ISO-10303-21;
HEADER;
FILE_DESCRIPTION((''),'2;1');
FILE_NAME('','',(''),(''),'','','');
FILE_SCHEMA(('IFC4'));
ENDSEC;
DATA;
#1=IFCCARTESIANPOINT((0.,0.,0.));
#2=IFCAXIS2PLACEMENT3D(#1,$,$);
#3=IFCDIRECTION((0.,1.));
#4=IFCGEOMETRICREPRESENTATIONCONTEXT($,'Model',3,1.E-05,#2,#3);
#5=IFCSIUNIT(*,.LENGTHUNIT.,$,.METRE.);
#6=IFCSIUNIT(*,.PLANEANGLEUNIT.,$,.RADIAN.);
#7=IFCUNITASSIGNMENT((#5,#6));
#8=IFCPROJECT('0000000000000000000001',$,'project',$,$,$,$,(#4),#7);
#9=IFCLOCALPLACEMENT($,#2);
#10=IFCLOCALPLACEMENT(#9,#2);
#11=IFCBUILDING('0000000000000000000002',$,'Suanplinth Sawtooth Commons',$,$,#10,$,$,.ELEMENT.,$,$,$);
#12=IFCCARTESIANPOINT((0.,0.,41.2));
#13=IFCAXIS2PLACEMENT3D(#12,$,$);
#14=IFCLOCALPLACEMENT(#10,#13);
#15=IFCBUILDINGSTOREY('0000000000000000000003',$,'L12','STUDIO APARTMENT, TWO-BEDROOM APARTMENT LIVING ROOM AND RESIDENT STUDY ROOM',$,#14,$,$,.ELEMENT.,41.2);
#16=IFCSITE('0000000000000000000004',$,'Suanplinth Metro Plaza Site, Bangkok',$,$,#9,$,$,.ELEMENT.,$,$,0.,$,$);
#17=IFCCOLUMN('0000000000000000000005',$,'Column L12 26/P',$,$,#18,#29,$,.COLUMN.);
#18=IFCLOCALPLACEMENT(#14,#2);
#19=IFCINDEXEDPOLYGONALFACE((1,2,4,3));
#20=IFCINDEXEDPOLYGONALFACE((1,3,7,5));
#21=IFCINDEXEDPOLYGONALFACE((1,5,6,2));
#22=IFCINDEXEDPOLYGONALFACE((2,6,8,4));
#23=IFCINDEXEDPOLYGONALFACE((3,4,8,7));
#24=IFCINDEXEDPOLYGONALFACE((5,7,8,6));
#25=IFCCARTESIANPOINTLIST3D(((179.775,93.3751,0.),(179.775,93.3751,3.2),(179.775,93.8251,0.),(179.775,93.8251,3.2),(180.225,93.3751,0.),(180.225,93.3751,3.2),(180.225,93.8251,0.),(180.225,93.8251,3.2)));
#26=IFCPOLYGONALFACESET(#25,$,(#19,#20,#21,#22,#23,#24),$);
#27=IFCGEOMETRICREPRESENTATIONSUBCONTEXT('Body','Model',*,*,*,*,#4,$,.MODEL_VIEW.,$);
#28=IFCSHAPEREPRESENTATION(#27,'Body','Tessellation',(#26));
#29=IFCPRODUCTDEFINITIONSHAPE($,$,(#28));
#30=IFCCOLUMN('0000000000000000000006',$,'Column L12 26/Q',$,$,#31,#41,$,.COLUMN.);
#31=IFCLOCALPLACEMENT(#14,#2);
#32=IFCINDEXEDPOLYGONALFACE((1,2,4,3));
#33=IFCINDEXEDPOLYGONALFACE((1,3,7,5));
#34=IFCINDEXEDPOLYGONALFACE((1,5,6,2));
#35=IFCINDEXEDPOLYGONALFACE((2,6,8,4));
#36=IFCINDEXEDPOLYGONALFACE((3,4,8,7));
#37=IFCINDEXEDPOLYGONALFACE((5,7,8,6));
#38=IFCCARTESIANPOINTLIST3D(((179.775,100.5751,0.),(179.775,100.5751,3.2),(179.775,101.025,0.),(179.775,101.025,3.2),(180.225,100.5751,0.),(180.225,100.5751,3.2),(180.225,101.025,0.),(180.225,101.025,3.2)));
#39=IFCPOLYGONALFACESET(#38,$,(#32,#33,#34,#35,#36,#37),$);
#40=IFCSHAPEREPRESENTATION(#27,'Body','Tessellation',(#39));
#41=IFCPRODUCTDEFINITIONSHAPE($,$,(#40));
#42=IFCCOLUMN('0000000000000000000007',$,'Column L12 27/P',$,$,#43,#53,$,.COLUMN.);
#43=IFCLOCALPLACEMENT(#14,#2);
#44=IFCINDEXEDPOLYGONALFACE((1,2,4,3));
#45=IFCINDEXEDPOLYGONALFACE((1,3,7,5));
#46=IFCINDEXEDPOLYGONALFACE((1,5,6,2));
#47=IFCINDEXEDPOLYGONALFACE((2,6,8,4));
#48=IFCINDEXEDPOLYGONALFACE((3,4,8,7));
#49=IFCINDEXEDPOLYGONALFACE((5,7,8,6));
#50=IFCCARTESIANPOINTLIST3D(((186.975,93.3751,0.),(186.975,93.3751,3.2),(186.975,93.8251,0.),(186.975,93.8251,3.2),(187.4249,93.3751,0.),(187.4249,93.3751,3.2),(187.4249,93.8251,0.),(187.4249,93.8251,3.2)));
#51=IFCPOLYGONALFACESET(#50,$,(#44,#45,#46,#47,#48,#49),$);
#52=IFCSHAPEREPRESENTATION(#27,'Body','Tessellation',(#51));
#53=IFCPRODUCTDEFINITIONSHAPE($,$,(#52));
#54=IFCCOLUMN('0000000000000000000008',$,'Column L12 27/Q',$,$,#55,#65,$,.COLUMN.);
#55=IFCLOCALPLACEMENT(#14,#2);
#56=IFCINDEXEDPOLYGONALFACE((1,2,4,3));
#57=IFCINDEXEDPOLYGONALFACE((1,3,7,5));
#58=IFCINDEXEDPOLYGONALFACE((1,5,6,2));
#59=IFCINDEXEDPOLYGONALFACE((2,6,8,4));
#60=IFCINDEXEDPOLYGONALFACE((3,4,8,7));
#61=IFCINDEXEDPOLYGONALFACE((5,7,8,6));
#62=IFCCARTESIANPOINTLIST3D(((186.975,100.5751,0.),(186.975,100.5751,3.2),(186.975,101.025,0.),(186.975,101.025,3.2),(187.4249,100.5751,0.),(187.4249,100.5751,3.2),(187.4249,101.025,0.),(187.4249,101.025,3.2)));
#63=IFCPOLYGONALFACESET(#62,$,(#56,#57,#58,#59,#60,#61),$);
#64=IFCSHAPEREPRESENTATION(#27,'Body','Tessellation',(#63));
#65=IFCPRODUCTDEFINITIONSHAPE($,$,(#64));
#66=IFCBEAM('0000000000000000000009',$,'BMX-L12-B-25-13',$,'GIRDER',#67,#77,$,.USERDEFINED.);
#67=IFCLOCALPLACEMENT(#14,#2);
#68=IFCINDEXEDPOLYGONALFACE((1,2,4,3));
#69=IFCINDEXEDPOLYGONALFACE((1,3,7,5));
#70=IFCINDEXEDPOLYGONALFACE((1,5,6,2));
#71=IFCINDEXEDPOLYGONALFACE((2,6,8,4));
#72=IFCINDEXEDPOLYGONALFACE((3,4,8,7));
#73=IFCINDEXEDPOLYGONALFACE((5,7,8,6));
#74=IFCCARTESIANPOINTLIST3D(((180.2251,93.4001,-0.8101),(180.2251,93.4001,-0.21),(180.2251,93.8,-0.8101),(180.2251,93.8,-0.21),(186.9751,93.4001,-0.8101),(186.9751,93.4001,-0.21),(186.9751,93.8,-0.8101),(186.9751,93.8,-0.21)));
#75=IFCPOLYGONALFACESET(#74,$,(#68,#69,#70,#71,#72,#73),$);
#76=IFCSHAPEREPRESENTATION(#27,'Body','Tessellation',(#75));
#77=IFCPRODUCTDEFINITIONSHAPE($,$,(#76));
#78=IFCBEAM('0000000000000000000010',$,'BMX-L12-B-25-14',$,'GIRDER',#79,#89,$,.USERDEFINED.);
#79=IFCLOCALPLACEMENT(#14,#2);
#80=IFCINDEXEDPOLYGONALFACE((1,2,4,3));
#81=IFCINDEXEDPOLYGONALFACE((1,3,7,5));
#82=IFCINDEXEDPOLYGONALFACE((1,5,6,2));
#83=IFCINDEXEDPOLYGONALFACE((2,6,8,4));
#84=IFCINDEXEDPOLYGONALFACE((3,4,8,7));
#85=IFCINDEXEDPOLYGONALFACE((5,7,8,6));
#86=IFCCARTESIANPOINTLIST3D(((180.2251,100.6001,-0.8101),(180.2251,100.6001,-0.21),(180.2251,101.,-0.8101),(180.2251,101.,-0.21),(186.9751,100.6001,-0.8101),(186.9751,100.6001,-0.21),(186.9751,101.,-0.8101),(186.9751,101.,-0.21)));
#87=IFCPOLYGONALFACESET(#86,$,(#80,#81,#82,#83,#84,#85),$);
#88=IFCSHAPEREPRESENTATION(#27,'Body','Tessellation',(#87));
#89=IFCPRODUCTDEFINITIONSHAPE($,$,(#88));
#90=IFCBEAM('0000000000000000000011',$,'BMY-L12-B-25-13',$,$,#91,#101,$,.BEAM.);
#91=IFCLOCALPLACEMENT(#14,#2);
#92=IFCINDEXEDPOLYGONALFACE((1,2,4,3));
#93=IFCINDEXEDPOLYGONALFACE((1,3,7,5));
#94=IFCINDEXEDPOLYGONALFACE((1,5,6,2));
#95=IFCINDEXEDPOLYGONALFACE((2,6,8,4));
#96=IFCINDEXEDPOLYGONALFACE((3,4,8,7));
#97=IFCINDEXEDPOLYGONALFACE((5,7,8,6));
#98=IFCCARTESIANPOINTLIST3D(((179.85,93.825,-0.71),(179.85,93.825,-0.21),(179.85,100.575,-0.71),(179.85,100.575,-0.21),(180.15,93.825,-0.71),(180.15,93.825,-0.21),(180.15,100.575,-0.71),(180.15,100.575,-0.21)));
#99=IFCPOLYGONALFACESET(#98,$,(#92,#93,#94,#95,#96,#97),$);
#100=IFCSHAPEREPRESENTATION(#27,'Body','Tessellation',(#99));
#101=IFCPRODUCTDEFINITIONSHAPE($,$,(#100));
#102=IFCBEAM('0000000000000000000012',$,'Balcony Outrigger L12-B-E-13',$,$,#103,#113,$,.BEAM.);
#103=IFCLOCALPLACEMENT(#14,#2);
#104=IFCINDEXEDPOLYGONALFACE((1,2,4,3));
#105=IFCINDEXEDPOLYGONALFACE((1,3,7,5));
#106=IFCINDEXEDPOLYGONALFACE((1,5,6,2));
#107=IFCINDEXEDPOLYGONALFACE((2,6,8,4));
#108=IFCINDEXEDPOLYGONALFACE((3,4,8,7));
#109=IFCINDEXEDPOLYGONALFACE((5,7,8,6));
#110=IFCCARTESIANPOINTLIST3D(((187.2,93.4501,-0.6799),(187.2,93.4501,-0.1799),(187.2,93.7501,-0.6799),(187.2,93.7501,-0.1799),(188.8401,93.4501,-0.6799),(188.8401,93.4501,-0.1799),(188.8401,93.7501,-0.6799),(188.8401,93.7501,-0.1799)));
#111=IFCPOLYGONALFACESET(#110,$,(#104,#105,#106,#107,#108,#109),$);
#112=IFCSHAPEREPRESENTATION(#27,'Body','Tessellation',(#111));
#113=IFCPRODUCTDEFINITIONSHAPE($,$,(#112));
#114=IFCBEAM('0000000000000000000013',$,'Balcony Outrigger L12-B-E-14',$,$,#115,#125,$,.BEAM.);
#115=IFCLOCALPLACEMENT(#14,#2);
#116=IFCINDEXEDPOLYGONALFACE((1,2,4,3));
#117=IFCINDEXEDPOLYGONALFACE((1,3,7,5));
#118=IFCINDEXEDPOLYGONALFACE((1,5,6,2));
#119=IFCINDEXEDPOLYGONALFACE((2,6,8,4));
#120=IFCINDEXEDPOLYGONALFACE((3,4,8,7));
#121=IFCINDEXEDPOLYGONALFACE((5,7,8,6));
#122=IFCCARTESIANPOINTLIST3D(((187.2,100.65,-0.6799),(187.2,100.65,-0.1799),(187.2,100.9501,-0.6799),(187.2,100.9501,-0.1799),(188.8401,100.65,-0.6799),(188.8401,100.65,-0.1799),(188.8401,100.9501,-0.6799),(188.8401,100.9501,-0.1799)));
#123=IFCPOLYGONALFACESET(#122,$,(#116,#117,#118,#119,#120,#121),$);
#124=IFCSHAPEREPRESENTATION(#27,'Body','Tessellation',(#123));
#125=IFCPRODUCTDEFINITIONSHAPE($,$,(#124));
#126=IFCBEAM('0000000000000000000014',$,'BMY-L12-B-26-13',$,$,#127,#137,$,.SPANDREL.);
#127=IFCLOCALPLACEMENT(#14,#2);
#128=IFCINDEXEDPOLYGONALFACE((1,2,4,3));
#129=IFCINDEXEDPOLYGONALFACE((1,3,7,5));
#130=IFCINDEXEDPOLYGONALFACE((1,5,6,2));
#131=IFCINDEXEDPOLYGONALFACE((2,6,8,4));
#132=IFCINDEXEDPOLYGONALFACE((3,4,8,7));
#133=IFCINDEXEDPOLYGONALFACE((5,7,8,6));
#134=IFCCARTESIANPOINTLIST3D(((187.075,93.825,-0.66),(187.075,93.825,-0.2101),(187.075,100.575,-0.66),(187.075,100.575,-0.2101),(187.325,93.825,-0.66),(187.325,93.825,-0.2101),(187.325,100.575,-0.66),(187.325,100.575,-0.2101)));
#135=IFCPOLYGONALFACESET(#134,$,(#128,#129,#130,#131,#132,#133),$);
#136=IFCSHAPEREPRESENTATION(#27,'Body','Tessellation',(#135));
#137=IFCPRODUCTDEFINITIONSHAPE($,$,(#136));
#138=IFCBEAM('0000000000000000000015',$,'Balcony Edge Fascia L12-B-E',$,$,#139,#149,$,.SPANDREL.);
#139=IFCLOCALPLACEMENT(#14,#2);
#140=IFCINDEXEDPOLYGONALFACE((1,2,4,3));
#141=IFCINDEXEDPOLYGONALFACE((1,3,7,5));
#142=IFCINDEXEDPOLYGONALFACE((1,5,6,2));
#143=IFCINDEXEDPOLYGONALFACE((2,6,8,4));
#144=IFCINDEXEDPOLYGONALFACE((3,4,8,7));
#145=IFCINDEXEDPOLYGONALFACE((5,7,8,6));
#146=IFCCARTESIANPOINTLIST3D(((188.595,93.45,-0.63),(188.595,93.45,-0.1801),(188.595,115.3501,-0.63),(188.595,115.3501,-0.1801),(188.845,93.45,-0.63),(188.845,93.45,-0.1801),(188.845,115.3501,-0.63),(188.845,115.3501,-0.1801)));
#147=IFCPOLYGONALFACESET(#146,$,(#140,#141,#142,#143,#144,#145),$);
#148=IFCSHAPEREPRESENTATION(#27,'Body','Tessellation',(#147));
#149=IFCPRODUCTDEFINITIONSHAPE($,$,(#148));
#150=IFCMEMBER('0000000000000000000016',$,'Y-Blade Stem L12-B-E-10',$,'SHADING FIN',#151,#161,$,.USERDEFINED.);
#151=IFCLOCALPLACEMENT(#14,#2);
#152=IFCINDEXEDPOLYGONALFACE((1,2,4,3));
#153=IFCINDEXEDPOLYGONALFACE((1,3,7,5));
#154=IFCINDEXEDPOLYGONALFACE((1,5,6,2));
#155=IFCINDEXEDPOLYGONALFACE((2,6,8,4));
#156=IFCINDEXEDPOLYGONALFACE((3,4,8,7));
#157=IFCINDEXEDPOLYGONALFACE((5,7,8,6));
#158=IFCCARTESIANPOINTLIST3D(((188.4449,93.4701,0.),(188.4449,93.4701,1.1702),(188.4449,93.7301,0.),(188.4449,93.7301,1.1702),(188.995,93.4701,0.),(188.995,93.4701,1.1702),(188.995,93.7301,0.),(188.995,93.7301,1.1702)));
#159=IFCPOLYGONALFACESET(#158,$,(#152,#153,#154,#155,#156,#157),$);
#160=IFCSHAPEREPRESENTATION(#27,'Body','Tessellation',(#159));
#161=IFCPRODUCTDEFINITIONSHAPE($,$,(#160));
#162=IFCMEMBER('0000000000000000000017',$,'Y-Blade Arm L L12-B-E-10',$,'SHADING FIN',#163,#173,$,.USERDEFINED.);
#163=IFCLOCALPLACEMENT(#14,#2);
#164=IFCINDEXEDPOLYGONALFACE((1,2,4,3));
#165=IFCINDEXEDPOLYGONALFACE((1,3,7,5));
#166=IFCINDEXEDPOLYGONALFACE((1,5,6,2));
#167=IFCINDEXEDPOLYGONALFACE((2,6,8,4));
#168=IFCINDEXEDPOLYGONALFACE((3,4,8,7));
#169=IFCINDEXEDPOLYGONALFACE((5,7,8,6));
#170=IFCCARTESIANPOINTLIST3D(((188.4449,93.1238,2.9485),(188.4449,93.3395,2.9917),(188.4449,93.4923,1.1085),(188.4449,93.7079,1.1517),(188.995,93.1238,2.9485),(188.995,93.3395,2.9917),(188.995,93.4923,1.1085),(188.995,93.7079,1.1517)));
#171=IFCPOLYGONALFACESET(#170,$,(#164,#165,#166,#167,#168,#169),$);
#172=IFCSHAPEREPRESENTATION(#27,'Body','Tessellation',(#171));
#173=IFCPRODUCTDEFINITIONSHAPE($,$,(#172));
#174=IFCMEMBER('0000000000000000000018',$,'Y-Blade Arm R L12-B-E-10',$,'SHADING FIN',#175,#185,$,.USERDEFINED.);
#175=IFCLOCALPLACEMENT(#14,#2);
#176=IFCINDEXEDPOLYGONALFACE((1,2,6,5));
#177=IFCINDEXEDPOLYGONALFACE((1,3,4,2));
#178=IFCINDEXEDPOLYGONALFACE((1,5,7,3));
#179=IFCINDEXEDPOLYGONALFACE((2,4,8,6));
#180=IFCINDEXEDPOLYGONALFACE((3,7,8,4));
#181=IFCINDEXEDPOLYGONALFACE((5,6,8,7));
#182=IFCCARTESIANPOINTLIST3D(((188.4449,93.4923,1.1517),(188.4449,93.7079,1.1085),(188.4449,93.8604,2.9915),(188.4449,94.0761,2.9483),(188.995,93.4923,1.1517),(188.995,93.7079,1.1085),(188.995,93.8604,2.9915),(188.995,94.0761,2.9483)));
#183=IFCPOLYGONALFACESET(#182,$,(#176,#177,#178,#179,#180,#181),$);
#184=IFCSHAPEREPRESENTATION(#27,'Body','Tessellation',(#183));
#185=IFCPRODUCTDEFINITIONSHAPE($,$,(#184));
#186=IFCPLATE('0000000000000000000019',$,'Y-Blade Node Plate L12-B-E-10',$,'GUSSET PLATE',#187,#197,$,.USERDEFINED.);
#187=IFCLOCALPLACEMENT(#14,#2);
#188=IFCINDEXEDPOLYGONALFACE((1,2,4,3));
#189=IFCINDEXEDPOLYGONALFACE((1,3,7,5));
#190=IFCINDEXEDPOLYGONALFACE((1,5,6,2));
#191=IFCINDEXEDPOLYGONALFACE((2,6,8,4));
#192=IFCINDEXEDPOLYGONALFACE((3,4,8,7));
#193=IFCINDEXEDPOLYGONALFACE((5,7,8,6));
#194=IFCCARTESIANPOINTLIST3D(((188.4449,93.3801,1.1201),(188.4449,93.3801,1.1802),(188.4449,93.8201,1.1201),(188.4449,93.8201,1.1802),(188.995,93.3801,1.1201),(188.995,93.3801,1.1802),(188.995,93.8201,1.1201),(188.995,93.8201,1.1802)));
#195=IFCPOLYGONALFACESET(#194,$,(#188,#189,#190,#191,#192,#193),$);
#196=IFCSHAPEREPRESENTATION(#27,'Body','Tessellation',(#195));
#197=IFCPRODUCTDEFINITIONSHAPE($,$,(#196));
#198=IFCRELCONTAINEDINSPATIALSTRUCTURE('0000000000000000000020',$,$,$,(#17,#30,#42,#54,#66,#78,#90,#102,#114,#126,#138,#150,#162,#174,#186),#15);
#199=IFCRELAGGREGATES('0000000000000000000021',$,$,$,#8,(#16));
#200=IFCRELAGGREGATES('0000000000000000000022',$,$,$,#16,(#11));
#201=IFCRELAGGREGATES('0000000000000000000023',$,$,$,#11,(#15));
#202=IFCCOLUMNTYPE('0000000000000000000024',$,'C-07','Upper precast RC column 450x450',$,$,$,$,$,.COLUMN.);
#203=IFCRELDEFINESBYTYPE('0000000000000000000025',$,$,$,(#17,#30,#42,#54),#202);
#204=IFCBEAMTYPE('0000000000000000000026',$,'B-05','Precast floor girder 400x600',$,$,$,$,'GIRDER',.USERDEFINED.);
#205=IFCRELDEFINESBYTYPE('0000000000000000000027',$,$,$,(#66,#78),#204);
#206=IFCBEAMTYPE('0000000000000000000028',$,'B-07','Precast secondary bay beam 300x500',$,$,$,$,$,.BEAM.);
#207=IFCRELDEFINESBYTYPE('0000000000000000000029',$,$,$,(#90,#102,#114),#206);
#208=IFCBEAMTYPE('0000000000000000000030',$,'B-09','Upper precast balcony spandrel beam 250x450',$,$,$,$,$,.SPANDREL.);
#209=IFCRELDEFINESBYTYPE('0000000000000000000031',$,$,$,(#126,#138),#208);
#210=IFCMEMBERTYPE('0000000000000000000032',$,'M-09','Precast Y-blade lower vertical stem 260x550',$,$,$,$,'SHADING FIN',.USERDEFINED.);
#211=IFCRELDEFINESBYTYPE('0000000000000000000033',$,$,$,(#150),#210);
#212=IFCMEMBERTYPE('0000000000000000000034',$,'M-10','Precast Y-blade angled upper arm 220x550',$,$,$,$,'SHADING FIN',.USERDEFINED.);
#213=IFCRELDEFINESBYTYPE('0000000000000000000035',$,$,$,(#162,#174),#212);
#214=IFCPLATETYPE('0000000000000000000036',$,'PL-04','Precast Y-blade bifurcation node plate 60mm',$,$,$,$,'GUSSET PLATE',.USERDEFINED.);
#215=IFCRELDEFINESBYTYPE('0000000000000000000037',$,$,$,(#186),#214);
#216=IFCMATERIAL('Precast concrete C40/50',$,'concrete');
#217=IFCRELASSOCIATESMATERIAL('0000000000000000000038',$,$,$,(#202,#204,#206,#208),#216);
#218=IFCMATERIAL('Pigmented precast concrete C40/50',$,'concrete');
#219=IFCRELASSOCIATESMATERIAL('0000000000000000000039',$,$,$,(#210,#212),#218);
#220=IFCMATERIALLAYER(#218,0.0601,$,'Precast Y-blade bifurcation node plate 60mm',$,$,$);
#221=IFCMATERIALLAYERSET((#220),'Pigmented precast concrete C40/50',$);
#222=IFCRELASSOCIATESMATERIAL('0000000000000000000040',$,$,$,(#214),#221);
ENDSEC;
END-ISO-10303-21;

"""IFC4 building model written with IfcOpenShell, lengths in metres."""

from ifc_helpers import new_model, si_unit, direction, frame, origin, origin_2d, place, context, subcontext, project, spatial, rectangle, extrude, material, layer, layer_set, material_profile, profile_set, type_object, element, save


model = new_model("IFC4")

# Units and contexts
model_context = context("Model", 3, precision=1e-05, world=origin(), true_north=direction((0.0, 1.0)))
body_context = subcontext(model_context, "Body", "Model", "MODEL_VIEW")
ifc_project = project(units=[si_unit("LENGTHUNIT", "METRE"), si_unit("PLANEANGLEUNIT", "RADIAN")], contexts=[model_context])

# Site, building, storey
site_placement = place(None, origin())
site = spatial("IfcSite", under=ifc_project, at=site_placement, Name="Suanplinth Metro Plaza Site, Bangkok", CompositionType="ELEMENT", RefElevation=0.0)
building_placement = place(site_placement, origin())
building = spatial("IfcBuilding", under=site, at=building_placement, Name="Suanplinth Sawtooth Commons", CompositionType="ELEMENT")
storey_placement = place(building_placement, frame((0.0, 0.0, 41.2)))
storey = spatial("IfcBuildingStorey", under=building, at=storey_placement, Name="L12", Description="STUDIO APARTMENT, TWO-BEDROOM APARTMENT LIVING ROOM AND RESIDENT STUDY ROOM", CompositionType="ELEMENT", Elevation=41.2)

# Columns
ifc_material_1 = material(Name="Precast concrete C40/50", Category="concrete")
ifc_material_profile_1 = material_profile(ifc_material_1, rectangle(XDim=0.45, YDim=0.45, at=origin_2d()), Name="PC-COL 450x450")
ifc_profile_set_1 = profile_set([ifc_material_profile_1], Name="Precast concrete C40/50")
column_type = type_object("IfcColumnType", Name="C-07", Description="Upper precast RC column 450x450", PredefinedType="COLUMN", material=ifc_profile_set_1)
for number, where, z_axis, x_axis, name in (
    (1, (180.0, 93.6001, 0.0), (0.0, 0.0, 1.0), (1.0, 0.0, 0.0), "Column L12 26/P"),
    (2, (180.0, 100.8, 0.0), (0.0, 0.0, 1.0), (1.0, 0.0, 0.0), "Column L12 26/Q"),
    (3, (187.2, 93.6001, 0.0), (0.0, 0.0, 1.0), (1.0, 0.0, 0.0), "Column L12 27/P"),
    (4, (187.2, 100.8, 0.0), (0.0, 0.0, 1.0), (1.0, 0.0, 0.0), "Column L12 27/Q"),
):
    element("IfcColumn", number, at=place(storey_placement, frame(where, z_axis=z_axis, x_axis=x_axis)), inside=storey, type_object=column_type, Name=name, PredefinedType="COLUMN", context=body_context, shape_type="SweptSolid", body=[
        extrude(rectangle(XDim=0.45, YDim=0.45, at=origin_2d()), origin(), (0.0, 0.0, 1.0), 3.2),
    ])

# Beams
ifc_material_profile_2 = material_profile(ifc_material_1, rectangle(XDim=0.3999, YDim=0.6001, at=origin_2d()), Name="PC-GDR 400x600")
ifc_profile_set_2 = profile_set([ifc_material_profile_2], Name="Precast concrete C40/50")
beam_type_1 = type_object("IfcBeamType", Name="B-05", Description="Precast floor girder 400x600", ElementType="GIRDER", PredefinedType="USERDEFINED", material=ifc_profile_set_2)
for number, where, z_axis, x_axis, name in (
    (5, (180.2251, 93.6001, -0.51), (1.0, 0.0, 0.0), (0.0, 1.0, 0.0), "BMX-L12-B-25-13"),
    (6, (180.2251, 100.8, -0.51), (1.0, 0.0, 0.0), (0.0, 1.0, 0.0), "BMX-L12-B-25-14"),
):
    element("IfcBeam", number, at=place(storey_placement, frame(where, z_axis=z_axis, x_axis=x_axis)), inside=storey, type_object=beam_type_1, Name=name, ObjectType="GIRDER", PredefinedType="USERDEFINED", context=body_context, shape_type="SweptSolid", body=[
        extrude(rectangle(XDim=0.3999, YDim=0.6001, at=origin_2d()), origin(), (0.0, 0.0, 1.0), 6.75),
    ])
ifc_material_profile_3 = material_profile(ifc_material_1, rectangle(XDim=0.3, YDim=0.5, at=origin_2d()), Name="PC-BM 300x500")
ifc_profile_set_3 = profile_set([ifc_material_profile_3], Name="Precast concrete C40/50")
beam_type_2 = type_object("IfcBeamType", Name="B-07", Description="Precast secondary bay beam 300x500", PredefinedType="BEAM", material=ifc_profile_set_3)
beam_1_placement = place(storey_placement, frame((180.0, 93.825, -0.46), z_axis=(0.0, 1.0, 0.0), x_axis=(-1.0, 0.0, 0.0)))
element("IfcBeam", 7, at=beam_1_placement, inside=storey, type_object=beam_type_2, Name="BMY-L12-B-25-13", PredefinedType="BEAM", context=body_context, shape_type="SweptSolid", body=[
    extrude(rectangle(XDim=0.3, YDim=0.5, at=origin_2d()), origin(), (0.0, 0.0, 1.0), 6.75),
])
for number, where, z_axis, x_axis, name in (
    (8, (187.2, 93.6001, -0.4299), (1.0, 0.0, 0.0), (0.0, 1.0, 0.0), "Balcony Outrigger L12-B-E-13"),
    (9, (187.2, 100.8, -0.4299), (1.0, 0.0, 0.0), (0.0, 1.0, 0.0), "Balcony Outrigger L12-B-E-14"),
):
    element("IfcBeam", number, at=place(storey_placement, frame(where, z_axis=z_axis, x_axis=x_axis)), inside=storey, type_object=beam_type_2, Name=name, PredefinedType="BEAM", context=body_context, shape_type="SweptSolid", body=[
        extrude(rectangle(XDim=0.3, YDim=0.5, at=origin_2d()), origin(), (0.0, 0.0, 1.0), 1.6401),
    ])
ifc_material_profile_4 = material_profile(ifc_material_1, rectangle(XDim=0.25, YDim=0.45, at=origin_2d()), Name="PC-SP 250x450")
ifc_profile_set_4 = profile_set([ifc_material_profile_4], Name="Precast concrete C40/50")
beam_type_3 = type_object("IfcBeamType", Name="B-09", Description="Upper precast balcony spandrel beam 250x450", PredefinedType="SPANDREL", material=ifc_profile_set_4)
beam_2_placement = place(storey_placement, frame((187.2, 93.825, -0.4351), z_axis=(0.0, 1.0, 0.0), x_axis=(-1.0, 0.0, 0.0)))
element("IfcBeam", 10, at=beam_2_placement, inside=storey, type_object=beam_type_3, Name="BMY-L12-B-26-13", PredefinedType="SPANDREL", context=body_context, shape_type="SweptSolid", body=[
    extrude(rectangle(XDim=0.25, YDim=0.45, at=origin_2d()), origin(), (0.0, 0.0, 1.0), 6.75),
])
beam_3_placement = place(storey_placement, frame((188.72, 93.45, -0.405), z_axis=(0.0, 1.0, 0.0), x_axis=(-1.0, 0.0, 0.0)))
element("IfcBeam", 11, at=beam_3_placement, inside=storey, type_object=beam_type_3, Name="Balcony Edge Fascia L12-B-E", PredefinedType="SPANDREL", context=body_context, shape_type="SweptSolid", body=[
    extrude(rectangle(XDim=0.25, YDim=0.45, at=origin_2d()), origin(), (0.0, 0.0, 1.0), 21.9001),
])

# Members
ifc_material_2 = material(Name="Pigmented precast concrete C40/50", Category="concrete")
ifc_material_profile_5 = material_profile(ifc_material_2, rectangle(XDim=0.26, YDim=0.55, at=origin_2d()), Name="PC-FIN 260x550")
ifc_profile_set_5 = profile_set([ifc_material_profile_5], Name="Pigmented precast concrete C40/50")
member_type_1 = type_object("IfcMemberType", Name="M-09", Description="Precast Y-blade lower vertical stem 260x550", ElementType="SHADING FIN", PredefinedType="USERDEFINED", material=ifc_profile_set_5)
member_1_placement = place(storey_placement, frame((188.72, 93.6001, 0.0), z_axis=(0.0, 0.0, 1.0), x_axis=(0.0, 1.0, 0.0)))
element("IfcMember", 12, at=member_1_placement, inside=storey, type_object=member_type_1, Name="Y-Blade Stem L12-B-E-10", ObjectType="SHADING FIN", PredefinedType="USERDEFINED", context=body_context, shape_type="SweptSolid", body=[
    extrude(rectangle(XDim=0.26, YDim=0.55, at=origin_2d()), origin(), (0.0, 0.0, 1.0), 1.1702),
])
ifc_material_profile_6 = material_profile(ifc_material_2, rectangle(XDim=0.22, YDim=0.55, at=origin_2d()), Name="PC-FIN 220x550")
ifc_profile_set_6 = profile_set([ifc_material_profile_6], Name="Pigmented precast concrete C40/50")
member_type_2 = type_object("IfcMemberType", Name="M-10", Description="Precast Y-blade angled upper arm 220x550", ElementType="SHADING FIN", PredefinedType="USERDEFINED", material=ifc_profile_set_6)
member_2_placement = place(storey_placement, frame((188.72, 93.6001, 1.1301), z_axis=(0.0, -0.196341, 0.980536), x_axis=(0.0, 0.980536, 0.196341)))
element("IfcMember", 13, at=member_2_placement, inside=storey, type_object=member_type_2, Name="Y-Blade Arm L L12-B-E-10", ObjectType="SHADING FIN", PredefinedType="USERDEFINED", context=body_context, shape_type="SweptSolid", body=[
    extrude(rectangle(XDim=0.22, YDim=0.55, at=origin_2d()), origin(), (0.0, 0.0, 1.0), 1.8765),
])
member_3_placement = place(storey_placement, frame((188.72, 93.6001, 1.1301), z_axis=(0.0, 0.196216, 0.980561), x_axis=(0.0, -0.980561, 0.196216)))
element("IfcMember", 14, at=member_3_placement, inside=storey, type_object=member_type_2, Name="Y-Blade Arm R L12-B-E-10", ObjectType="SHADING FIN", PredefinedType="USERDEFINED", context=body_context, shape_type="SweptSolid", body=[
    extrude(rectangle(XDim=0.22, YDim=0.55, at=origin_2d()), origin(), (0.0, 0.0, 1.0), 1.8762),
])

# Plate
ifc_layer_1 = layer(ifc_material_2, 0.0601, Name="Precast Y-blade bifurcation node plate 60mm")
ifc_layer_set_1 = layer_set([ifc_layer_1], Name="Pigmented precast concrete C40/50")
plate_type = type_object("IfcPlateType", Name="PL-04", Description="Precast Y-blade bifurcation node plate 60mm", ElementType="GUSSET PLATE", PredefinedType="USERDEFINED", material=ifc_layer_set_1)
plate_placement = place(storey_placement, frame((188.72, 93.6001, 1.1201), z_axis=(0.0, 0.0, 1.0), x_axis=(0.0, 1.0, 0.0)))
element("IfcPlate", 15, at=plate_placement, inside=storey, type_object=plate_type, Name="Y-Blade Node Plate L12-B-E-10", ObjectType="GUSSET PLATE", PredefinedType="USERDEFINED", context=body_context, shape_type="SweptSolid", body=[
    extrude(rectangle(XDim=0.4399, YDim=0.55, at=origin_2d()), origin(), (0.0, 0.0, 1.0), 0.0601),
])

save(model, "model.ifc")
